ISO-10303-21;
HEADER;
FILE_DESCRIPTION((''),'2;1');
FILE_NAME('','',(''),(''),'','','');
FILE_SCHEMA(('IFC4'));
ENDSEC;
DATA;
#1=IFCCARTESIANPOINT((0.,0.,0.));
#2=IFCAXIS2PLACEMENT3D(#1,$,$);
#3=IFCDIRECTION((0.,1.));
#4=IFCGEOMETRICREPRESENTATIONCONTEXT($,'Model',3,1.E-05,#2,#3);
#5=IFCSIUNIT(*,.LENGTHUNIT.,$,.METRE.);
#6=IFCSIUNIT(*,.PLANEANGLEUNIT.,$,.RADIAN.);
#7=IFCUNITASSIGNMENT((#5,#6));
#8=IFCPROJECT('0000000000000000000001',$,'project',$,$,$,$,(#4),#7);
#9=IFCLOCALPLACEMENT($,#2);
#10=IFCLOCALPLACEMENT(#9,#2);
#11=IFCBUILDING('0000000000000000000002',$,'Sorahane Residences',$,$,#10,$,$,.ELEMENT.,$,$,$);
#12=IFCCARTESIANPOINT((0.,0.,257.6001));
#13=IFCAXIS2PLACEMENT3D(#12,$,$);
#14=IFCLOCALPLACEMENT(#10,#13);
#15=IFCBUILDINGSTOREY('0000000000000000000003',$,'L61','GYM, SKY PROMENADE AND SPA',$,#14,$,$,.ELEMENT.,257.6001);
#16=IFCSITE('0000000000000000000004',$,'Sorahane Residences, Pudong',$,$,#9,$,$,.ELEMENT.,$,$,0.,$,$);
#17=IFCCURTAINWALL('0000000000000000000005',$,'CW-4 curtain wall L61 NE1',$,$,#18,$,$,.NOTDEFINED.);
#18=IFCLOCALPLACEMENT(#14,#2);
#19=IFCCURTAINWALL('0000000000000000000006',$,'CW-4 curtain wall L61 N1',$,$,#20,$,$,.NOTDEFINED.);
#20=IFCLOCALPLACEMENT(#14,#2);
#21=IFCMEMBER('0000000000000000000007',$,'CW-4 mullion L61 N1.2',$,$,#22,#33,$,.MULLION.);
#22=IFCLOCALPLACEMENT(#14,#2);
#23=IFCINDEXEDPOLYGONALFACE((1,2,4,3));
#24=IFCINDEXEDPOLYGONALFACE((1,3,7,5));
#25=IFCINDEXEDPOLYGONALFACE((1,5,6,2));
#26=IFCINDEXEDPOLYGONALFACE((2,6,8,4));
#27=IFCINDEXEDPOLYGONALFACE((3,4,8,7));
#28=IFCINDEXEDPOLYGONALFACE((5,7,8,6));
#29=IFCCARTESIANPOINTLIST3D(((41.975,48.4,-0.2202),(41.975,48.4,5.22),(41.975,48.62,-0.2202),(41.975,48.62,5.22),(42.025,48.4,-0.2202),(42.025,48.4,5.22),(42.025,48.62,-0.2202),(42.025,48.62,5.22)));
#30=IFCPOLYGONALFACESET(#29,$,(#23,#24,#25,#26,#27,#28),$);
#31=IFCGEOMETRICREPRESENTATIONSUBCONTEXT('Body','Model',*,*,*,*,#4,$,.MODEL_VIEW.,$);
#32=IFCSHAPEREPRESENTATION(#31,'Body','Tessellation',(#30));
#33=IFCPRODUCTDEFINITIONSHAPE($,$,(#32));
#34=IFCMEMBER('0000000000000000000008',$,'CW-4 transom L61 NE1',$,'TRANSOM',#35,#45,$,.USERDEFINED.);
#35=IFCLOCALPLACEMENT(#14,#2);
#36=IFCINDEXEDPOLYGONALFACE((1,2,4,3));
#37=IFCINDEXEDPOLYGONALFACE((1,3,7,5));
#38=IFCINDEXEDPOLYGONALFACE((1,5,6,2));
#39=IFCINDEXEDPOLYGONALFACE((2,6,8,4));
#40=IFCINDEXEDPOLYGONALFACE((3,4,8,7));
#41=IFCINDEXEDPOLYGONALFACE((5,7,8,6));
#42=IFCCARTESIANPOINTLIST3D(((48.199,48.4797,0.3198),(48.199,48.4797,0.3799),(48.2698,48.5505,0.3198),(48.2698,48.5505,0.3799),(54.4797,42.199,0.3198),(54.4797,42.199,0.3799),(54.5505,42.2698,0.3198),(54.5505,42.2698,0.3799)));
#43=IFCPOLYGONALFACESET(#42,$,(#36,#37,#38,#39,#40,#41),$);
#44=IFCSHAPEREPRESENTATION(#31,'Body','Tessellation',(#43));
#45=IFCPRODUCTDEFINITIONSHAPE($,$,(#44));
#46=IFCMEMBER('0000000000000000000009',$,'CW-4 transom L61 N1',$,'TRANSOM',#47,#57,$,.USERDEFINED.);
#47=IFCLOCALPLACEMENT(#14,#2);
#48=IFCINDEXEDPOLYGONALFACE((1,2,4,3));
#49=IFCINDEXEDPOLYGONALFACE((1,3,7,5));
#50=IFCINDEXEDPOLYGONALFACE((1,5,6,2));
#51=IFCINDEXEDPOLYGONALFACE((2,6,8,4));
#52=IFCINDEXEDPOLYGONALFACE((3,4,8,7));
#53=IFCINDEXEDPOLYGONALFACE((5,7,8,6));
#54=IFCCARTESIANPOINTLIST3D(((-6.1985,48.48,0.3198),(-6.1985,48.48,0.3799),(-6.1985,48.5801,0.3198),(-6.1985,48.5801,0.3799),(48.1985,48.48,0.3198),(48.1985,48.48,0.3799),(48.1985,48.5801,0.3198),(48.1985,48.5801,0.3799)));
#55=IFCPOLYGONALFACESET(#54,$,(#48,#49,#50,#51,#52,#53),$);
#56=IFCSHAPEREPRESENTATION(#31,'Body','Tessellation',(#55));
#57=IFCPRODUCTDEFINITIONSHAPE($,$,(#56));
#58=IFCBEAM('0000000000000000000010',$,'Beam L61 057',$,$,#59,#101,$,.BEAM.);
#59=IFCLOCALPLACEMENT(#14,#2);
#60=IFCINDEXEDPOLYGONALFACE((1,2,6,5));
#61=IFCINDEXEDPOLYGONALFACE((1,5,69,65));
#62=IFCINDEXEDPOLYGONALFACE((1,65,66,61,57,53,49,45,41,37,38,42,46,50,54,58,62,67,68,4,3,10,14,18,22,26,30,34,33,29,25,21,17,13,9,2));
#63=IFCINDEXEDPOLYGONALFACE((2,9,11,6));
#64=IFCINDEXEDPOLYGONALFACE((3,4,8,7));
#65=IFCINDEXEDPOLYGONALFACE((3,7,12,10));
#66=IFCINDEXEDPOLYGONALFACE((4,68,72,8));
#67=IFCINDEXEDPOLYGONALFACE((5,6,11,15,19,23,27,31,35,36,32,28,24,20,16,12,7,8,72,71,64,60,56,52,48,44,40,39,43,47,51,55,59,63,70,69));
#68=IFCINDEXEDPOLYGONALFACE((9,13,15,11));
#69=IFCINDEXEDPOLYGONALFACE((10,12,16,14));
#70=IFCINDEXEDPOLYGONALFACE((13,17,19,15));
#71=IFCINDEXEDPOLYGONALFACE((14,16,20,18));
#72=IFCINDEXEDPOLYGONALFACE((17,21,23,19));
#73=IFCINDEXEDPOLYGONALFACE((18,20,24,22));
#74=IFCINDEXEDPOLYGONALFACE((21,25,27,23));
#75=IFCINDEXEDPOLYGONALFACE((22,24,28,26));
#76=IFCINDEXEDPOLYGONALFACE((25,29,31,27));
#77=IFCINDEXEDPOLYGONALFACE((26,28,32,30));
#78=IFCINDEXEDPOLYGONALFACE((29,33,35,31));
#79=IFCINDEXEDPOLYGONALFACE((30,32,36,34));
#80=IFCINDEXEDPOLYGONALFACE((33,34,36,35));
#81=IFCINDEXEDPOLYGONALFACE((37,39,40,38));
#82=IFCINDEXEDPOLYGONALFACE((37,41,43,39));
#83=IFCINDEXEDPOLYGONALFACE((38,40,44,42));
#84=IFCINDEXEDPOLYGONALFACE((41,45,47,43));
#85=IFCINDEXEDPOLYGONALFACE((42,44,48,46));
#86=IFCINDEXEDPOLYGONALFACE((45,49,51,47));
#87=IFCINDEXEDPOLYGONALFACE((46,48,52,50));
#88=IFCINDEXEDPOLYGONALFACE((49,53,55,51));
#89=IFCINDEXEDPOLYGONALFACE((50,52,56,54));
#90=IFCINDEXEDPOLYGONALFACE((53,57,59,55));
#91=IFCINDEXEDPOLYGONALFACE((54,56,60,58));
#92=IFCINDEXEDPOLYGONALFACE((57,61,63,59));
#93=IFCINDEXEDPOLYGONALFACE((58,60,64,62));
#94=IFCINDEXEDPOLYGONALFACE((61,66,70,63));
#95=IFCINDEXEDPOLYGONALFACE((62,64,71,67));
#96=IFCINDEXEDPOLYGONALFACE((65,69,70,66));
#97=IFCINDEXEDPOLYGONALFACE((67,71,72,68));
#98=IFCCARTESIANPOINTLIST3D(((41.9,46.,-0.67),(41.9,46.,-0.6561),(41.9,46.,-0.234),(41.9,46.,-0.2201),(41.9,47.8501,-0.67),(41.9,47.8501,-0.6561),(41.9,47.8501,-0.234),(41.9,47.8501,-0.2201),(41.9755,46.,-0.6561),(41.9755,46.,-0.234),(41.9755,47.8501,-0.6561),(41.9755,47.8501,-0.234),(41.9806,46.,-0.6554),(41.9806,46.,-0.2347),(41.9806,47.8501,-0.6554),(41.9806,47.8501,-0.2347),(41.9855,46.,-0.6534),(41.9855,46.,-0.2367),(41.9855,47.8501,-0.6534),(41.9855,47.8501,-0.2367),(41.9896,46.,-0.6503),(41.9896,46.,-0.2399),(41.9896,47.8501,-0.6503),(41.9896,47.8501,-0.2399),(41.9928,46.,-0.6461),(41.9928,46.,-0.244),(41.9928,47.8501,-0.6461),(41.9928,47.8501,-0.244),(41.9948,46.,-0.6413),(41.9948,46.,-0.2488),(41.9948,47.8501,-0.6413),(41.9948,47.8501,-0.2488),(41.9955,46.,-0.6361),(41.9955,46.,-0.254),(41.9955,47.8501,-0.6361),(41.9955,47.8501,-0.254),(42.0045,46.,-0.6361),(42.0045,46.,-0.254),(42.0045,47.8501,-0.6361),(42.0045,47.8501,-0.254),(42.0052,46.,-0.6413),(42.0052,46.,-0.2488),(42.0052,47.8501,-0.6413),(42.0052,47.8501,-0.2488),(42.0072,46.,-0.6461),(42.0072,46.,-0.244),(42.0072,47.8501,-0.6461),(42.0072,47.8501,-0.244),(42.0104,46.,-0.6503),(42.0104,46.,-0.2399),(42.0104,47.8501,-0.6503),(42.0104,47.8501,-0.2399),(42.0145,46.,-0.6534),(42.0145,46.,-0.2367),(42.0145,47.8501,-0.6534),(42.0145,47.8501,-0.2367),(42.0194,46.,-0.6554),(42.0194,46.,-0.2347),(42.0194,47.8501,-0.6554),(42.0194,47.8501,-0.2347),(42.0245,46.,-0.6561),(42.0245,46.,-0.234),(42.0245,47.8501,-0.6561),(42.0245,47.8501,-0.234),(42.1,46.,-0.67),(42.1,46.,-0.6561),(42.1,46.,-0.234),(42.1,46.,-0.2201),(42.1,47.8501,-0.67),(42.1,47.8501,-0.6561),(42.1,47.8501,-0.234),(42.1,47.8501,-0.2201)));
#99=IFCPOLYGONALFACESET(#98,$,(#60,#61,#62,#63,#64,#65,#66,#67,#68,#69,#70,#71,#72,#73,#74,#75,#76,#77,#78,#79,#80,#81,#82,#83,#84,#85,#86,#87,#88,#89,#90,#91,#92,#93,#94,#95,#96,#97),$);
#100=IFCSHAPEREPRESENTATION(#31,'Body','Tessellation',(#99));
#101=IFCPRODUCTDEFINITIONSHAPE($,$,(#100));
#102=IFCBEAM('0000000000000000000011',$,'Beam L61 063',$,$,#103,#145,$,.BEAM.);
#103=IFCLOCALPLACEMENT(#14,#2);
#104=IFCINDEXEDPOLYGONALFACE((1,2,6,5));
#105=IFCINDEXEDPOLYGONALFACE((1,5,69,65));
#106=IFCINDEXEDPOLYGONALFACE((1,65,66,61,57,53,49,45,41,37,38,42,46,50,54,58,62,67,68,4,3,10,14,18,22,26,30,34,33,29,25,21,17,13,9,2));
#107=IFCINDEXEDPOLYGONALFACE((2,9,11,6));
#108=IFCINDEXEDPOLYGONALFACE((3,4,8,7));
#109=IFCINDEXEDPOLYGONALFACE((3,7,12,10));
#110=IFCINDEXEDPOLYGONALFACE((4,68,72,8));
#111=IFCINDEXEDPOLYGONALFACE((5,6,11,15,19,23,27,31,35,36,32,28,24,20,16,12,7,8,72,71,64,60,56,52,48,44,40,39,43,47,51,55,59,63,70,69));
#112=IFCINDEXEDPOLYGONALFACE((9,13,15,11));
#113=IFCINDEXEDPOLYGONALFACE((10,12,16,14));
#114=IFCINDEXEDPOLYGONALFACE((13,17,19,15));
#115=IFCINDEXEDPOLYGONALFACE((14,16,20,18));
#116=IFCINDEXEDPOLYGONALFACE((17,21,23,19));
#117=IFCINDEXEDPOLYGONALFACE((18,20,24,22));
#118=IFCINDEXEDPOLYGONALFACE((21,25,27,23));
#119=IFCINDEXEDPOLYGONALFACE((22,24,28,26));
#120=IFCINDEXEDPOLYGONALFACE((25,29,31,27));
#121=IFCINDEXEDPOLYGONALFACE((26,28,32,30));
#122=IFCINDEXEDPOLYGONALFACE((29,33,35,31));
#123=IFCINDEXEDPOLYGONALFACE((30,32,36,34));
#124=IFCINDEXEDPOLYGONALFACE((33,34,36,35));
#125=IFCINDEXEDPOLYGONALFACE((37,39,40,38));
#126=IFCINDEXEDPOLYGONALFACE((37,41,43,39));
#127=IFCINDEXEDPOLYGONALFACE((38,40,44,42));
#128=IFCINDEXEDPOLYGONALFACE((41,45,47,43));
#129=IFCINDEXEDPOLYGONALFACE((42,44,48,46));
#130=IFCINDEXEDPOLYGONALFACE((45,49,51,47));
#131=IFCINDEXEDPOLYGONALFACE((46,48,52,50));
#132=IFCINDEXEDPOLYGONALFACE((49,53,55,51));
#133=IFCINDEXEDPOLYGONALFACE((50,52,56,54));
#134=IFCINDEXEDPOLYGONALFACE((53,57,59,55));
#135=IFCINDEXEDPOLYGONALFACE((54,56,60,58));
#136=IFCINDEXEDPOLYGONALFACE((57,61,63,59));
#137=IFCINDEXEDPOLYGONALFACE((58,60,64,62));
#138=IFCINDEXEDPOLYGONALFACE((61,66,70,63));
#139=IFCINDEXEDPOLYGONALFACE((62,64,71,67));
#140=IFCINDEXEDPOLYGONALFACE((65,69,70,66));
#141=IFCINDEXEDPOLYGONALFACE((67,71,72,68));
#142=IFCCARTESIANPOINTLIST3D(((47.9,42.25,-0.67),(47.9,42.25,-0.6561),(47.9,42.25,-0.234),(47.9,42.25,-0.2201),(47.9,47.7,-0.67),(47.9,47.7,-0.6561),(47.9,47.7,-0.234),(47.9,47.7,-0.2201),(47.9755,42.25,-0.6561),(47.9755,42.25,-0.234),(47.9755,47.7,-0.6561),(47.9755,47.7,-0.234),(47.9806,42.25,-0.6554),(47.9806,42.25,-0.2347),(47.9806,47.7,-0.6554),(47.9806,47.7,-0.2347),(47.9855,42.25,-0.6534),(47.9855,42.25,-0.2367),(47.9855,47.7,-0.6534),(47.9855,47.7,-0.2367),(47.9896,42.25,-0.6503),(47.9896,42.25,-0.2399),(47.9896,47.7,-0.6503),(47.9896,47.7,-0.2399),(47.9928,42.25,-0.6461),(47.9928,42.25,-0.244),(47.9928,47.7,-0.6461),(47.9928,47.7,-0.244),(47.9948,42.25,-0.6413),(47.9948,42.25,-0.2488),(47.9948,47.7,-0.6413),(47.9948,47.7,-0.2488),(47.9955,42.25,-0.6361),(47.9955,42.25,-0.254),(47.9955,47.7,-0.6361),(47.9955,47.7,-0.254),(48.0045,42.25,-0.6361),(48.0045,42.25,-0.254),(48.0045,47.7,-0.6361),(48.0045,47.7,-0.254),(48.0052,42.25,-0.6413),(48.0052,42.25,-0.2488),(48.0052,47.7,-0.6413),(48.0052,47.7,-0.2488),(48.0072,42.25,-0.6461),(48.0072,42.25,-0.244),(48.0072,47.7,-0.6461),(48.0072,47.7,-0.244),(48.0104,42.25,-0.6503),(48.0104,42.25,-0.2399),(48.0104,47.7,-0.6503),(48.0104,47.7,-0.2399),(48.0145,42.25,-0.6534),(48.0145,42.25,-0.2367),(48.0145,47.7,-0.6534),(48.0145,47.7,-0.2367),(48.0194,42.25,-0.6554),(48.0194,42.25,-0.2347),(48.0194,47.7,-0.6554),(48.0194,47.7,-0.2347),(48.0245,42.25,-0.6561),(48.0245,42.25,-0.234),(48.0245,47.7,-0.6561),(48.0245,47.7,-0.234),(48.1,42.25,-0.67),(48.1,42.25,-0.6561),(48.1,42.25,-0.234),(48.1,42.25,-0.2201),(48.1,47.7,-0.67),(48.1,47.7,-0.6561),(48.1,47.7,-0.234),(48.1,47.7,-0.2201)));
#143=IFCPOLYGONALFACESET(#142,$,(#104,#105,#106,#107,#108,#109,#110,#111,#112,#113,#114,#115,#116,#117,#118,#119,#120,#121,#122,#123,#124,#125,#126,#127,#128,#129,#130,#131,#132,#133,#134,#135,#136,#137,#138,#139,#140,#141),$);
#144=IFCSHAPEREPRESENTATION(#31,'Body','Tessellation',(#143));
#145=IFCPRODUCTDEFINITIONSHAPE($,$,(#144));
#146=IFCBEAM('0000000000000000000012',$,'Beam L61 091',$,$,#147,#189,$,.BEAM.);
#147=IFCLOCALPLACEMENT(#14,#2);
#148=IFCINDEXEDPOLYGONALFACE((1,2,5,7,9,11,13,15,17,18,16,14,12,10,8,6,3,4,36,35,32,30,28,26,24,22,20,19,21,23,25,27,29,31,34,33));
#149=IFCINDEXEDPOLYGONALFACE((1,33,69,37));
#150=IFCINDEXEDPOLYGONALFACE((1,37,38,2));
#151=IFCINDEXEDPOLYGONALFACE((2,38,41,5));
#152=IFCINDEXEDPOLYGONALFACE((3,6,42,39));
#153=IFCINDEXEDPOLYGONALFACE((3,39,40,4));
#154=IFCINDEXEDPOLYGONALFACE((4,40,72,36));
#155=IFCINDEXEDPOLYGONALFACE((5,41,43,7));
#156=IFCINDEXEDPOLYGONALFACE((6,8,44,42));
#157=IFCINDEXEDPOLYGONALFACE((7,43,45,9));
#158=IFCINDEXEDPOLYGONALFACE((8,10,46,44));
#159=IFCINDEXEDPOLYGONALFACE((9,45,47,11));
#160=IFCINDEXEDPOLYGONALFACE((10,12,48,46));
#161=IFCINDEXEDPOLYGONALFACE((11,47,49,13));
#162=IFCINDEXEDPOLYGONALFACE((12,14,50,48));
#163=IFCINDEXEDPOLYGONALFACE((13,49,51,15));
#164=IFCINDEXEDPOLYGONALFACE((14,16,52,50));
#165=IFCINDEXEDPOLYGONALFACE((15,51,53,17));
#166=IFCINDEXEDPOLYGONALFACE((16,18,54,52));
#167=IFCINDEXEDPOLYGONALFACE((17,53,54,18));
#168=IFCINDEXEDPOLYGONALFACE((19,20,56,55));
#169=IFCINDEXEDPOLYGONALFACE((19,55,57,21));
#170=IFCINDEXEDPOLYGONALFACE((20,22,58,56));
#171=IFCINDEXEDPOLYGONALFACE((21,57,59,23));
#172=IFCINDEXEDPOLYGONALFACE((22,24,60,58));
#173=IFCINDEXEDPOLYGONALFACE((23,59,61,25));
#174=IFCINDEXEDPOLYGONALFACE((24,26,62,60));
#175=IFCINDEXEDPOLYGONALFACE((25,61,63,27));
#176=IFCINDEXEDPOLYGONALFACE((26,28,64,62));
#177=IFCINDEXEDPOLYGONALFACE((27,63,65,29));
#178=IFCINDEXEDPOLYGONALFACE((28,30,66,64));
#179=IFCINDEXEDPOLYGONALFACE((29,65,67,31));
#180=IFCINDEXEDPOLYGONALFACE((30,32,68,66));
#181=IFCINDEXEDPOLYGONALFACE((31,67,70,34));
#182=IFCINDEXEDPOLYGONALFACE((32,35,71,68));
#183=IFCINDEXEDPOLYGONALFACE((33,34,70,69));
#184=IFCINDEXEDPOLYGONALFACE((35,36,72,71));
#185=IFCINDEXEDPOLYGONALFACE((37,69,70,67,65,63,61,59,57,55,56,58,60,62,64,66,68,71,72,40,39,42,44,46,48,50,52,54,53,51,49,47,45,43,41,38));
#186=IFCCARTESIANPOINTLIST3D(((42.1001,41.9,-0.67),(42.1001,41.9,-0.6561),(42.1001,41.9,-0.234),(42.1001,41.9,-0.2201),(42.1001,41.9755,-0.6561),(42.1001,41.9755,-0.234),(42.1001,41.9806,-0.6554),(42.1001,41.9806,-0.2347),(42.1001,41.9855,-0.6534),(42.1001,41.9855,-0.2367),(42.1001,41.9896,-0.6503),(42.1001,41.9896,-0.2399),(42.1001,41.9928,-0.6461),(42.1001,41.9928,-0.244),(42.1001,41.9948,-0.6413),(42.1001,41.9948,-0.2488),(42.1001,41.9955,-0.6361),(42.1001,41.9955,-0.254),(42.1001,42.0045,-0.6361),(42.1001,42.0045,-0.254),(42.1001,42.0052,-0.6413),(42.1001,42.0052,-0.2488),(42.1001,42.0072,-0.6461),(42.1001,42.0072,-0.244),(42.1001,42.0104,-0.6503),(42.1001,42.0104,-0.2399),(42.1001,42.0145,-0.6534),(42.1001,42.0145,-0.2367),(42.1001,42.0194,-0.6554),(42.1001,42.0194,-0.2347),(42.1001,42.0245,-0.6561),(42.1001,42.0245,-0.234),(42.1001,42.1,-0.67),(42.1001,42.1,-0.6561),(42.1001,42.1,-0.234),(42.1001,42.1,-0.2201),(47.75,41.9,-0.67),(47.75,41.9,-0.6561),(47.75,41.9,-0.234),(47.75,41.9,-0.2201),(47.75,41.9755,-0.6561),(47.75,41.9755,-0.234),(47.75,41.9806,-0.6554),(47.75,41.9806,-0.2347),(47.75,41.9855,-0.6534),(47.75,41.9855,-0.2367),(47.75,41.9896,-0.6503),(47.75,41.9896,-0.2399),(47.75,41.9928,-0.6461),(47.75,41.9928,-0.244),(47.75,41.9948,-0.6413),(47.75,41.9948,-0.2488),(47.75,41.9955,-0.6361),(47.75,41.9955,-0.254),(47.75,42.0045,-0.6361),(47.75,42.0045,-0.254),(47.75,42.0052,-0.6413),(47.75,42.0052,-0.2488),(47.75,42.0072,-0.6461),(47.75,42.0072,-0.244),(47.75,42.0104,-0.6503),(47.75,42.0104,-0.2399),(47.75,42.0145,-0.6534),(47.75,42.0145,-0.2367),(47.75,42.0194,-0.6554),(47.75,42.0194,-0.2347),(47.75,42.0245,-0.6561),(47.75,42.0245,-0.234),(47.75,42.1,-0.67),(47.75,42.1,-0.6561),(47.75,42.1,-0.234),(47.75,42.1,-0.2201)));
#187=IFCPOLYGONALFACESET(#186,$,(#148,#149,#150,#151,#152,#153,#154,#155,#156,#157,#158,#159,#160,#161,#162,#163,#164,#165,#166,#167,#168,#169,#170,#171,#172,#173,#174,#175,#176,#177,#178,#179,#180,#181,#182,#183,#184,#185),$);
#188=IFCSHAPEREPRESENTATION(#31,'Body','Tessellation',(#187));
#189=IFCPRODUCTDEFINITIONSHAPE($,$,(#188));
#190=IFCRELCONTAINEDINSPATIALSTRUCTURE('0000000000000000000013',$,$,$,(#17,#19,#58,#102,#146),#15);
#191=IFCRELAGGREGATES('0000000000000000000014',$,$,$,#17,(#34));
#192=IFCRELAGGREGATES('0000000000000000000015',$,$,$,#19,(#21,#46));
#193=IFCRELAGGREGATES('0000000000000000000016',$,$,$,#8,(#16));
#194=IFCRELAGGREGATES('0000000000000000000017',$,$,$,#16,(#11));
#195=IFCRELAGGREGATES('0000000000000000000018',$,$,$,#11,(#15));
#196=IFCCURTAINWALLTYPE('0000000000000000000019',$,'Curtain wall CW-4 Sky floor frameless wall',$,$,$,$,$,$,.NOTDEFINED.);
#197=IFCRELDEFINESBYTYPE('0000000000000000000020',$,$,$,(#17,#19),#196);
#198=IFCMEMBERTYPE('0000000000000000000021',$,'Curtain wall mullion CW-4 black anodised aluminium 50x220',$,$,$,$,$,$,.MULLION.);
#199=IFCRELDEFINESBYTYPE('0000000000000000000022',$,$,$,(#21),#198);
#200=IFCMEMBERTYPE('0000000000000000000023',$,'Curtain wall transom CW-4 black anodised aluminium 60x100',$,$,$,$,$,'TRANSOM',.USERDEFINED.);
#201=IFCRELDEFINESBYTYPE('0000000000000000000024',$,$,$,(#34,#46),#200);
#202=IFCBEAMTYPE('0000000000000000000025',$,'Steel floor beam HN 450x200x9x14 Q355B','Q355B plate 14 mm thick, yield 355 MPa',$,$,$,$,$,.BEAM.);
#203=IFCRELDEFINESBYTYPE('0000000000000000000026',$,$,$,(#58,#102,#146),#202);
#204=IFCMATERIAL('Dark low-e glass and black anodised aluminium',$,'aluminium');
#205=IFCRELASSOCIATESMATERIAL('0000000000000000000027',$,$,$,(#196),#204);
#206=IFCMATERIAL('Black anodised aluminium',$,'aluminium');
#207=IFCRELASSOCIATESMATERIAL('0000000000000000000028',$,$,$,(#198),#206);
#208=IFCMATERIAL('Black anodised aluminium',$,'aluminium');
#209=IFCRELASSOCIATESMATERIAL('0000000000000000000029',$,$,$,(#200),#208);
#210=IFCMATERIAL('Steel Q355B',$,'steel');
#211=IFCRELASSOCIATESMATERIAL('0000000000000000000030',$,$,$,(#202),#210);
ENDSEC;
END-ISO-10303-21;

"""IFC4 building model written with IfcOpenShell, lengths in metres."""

from ifc_helpers import new_model, si_unit, direction, frame, origin, origin_2d, place, context, subcontext, project, spatial, rectangle, i_section, extrude, material, material_profile, profile_set, type_object, element, aggregate, save


model = new_model("IFC4")

# Units and contexts
model_context = context("Model", 3, precision=1e-05, world=origin(), true_north=direction((0.0, 1.0)))
body_context = subcontext(model_context, "Body", "Model", "MODEL_VIEW")
ifc_project = project(units=[si_unit("LENGTHUNIT", "METRE"), si_unit("PLANEANGLEUNIT", "RADIAN")], contexts=[model_context])

# Site, building, storey
site_placement = place(None, origin())
site = spatial("IfcSite", under=ifc_project, at=site_placement, Name="Sorahane Residences, Pudong", CompositionType="ELEMENT", RefElevation=0.0)
building_placement = place(site_placement, origin())
building = spatial("IfcBuilding", under=site, at=building_placement, Name="Sorahane Residences", CompositionType="ELEMENT")
storey_placement = place(building_placement, frame((0.0, 0.0, 257.6001)))
storey = spatial("IfcBuildingStorey", under=building, at=storey_placement, Name="L61", Description="GYM, SKY PROMENADE AND SPA", CompositionType="ELEMENT", Elevation=257.6001)

# Shared definitions
ifc_material_1 = material(Name="Dark low-e glass and black anodised aluminium", Category="aluminium")
curtain_wall_type = type_object("IfcCurtainWallType", Name="Curtain wall CW-4 Sky floor frameless wall", PredefinedType="NOTDEFINED", material=ifc_material_1)
ifc_material_2 = material(Name="Black anodised aluminium", Category="aluminium")
ifc_material_profile_1 = material_profile(ifc_material_2, rectangle(XDim=0.22, YDim=0.05, at=origin_2d()), Name="Curtain wall mullion CW-4 black anodised aluminium 50x220")
ifc_profile_set_1 = profile_set([ifc_material_profile_1], Name="Black anodised aluminium")
member_type_1 = type_object("IfcMemberType", Name="Curtain wall mullion CW-4 black anodised aluminium 50x220", PredefinedType="MULLION", material=ifc_profile_set_1)

# Curtain wall
curtain_wall_1_placement = place(storey_placement, origin())
curtain_wall_1 = element("IfcCurtainWall", 1, at=curtain_wall_1_placement, inside=storey, type_object=curtain_wall_type, Name="CW-4 curtain wall L61 NE1", PredefinedType="NOTDEFINED")

# Curtain wall, member
curtain_wall_2_placement = place(storey_placement, origin())
curtain_wall_2 = element("IfcCurtainWall", 2, at=curtain_wall_2_placement, inside=storey, type_object=curtain_wall_type, Name="CW-4 curtain wall L61 N1", PredefinedType="NOTDEFINED")
member_1_placement = place(storey_placement, frame((42.0, 48.51, -0.2202), z_axis=(0.0, 0.0, 1.0), x_axis=(0.0, 1.0, 0.0)))
member_1 = element("IfcMember", 3, at=member_1_placement, type_object=member_type_1, Name="CW-4 mullion L61 N1.2", PredefinedType="MULLION", context=body_context, shape_type="SweptSolid", body=[
    extrude(rectangle(XDim=0.22, YDim=0.05, at=origin_2d()), origin(), (0.0, 0.0, 1.0), 5.4402),
])

# Members
ifc_material_3 = material(Name="Black anodised aluminium", Category="aluminium")
ifc_material_profile_2 = material_profile(ifc_material_3, rectangle(XDim=0.1001, YDim=0.0601, at=origin_2d()), Name="Curtain wall transom CW-4 black anodised aluminium 60x100")
ifc_profile_set_2 = profile_set([ifc_material_profile_2], Name="Black anodised aluminium")
member_type_2 = type_object("IfcMemberType", Name="Curtain wall transom CW-4 black anodised aluminium 60x100", ElementType="TRANSOM", PredefinedType="USERDEFINED", material=ifc_profile_set_2)
member_2_placement = place(storey_placement, frame((54.5151, 42.2344, 0.3499), z_axis=(-0.707107, 0.707107, 0.0), x_axis=(-0.707107, -0.707107, 0.0)))
member_2 = element("IfcMember", 4, at=member_2_placement, type_object=member_type_2, Name="CW-4 transom L61 NE1", ObjectType="TRANSOM", PredefinedType="USERDEFINED", context=body_context, shape_type="SweptSolid", body=[
    extrude(rectangle(XDim=0.1001, YDim=0.0601, at=origin_2d()), origin(), (0.0, 0.0, 1.0), 8.8823),
])
member_3_placement = place(storey_placement, frame((48.1985, 48.53, 0.3499), z_axis=(-1.0, 0.0, 0.0), x_axis=(0.0, -1.0, 0.0)))
member_3 = element("IfcMember", 5, at=member_3_placement, type_object=member_type_2, Name="CW-4 transom L61 N1", ObjectType="TRANSOM", PredefinedType="USERDEFINED", context=body_context, shape_type="SweptSolid", body=[
    extrude(rectangle(XDim=0.1001, YDim=0.0601, at=origin_2d()), origin(), (0.0, 0.0, 1.0), 54.397),
])

# Beams
ifc_material_4 = material(Name="Steel Q355B", Category="steel")
ifc_material_profile_3 = material_profile(ifc_material_4, i_section(OverallWidth=0.2, OverallDepth=0.45, WebThickness=0.009, FlangeThickness=0.0139, FilletRadius=0.02, at=origin_2d()), Name="HN 450x200x9x14")
ifc_profile_set_3 = profile_set([ifc_material_profile_3], Name="Steel Q355B")
beam_type = type_object("IfcBeamType", Name="Steel floor beam HN 450x200x9x14 Q355B", Description="Q355B plate 14 mm thick, yield 355 MPa", PredefinedType="BEAM", material=ifc_profile_set_3)
beam_1_placement = place(storey_placement, frame((42.0, 46.0, -0.4451), z_axis=(0.0, 1.0, 0.0), x_axis=(-1.0, 0.0, 0.0)))
element("IfcBeam", 6, at=beam_1_placement, inside=storey, type_object=beam_type, Name="Beam L61 057", PredefinedType="BEAM", context=body_context, shape_type="SweptSolid", body=[
    extrude(i_section(OverallWidth=0.2, OverallDepth=0.45, WebThickness=0.009, FlangeThickness=0.0139, FilletRadius=0.02, at=origin_2d()), origin(), (0.0, 0.0, 1.0), 1.8501),
])
beam_2_placement = place(storey_placement, frame((48.0, 42.25, -0.4451), z_axis=(0.0, 1.0, 0.0), x_axis=(-1.0, 0.0, 0.0)))
element("IfcBeam", 7, at=beam_2_placement, inside=storey, type_object=beam_type, Name="Beam L61 063", PredefinedType="BEAM", context=body_context, shape_type="SweptSolid", body=[
    extrude(i_section(OverallWidth=0.2, OverallDepth=0.45, WebThickness=0.009, FlangeThickness=0.0139, FilletRadius=0.02, at=origin_2d()), origin(), (0.0, 0.0, 1.0), 5.45),
])
beam_3_placement = place(storey_placement, frame((42.1001, 42.0, -0.4451), z_axis=(1.0, 0.0, 0.0), x_axis=(0.0, 1.0, 0.0)))
element("IfcBeam", 8, at=beam_3_placement, inside=storey, type_object=beam_type, Name="Beam L61 091", PredefinedType="BEAM", context=body_context, shape_type="SweptSolid", body=[
    extrude(i_section(OverallWidth=0.2, OverallDepth=0.45, WebThickness=0.009, FlangeThickness=0.0139, FilletRadius=0.02, at=origin_2d()), origin(), (0.0, 0.0, 1.0), 5.6499),
])

aggregate(curtain_wall_1, [member_2])
aggregate(curtain_wall_2, [member_1, member_3])

save(model, "model.ifc")
